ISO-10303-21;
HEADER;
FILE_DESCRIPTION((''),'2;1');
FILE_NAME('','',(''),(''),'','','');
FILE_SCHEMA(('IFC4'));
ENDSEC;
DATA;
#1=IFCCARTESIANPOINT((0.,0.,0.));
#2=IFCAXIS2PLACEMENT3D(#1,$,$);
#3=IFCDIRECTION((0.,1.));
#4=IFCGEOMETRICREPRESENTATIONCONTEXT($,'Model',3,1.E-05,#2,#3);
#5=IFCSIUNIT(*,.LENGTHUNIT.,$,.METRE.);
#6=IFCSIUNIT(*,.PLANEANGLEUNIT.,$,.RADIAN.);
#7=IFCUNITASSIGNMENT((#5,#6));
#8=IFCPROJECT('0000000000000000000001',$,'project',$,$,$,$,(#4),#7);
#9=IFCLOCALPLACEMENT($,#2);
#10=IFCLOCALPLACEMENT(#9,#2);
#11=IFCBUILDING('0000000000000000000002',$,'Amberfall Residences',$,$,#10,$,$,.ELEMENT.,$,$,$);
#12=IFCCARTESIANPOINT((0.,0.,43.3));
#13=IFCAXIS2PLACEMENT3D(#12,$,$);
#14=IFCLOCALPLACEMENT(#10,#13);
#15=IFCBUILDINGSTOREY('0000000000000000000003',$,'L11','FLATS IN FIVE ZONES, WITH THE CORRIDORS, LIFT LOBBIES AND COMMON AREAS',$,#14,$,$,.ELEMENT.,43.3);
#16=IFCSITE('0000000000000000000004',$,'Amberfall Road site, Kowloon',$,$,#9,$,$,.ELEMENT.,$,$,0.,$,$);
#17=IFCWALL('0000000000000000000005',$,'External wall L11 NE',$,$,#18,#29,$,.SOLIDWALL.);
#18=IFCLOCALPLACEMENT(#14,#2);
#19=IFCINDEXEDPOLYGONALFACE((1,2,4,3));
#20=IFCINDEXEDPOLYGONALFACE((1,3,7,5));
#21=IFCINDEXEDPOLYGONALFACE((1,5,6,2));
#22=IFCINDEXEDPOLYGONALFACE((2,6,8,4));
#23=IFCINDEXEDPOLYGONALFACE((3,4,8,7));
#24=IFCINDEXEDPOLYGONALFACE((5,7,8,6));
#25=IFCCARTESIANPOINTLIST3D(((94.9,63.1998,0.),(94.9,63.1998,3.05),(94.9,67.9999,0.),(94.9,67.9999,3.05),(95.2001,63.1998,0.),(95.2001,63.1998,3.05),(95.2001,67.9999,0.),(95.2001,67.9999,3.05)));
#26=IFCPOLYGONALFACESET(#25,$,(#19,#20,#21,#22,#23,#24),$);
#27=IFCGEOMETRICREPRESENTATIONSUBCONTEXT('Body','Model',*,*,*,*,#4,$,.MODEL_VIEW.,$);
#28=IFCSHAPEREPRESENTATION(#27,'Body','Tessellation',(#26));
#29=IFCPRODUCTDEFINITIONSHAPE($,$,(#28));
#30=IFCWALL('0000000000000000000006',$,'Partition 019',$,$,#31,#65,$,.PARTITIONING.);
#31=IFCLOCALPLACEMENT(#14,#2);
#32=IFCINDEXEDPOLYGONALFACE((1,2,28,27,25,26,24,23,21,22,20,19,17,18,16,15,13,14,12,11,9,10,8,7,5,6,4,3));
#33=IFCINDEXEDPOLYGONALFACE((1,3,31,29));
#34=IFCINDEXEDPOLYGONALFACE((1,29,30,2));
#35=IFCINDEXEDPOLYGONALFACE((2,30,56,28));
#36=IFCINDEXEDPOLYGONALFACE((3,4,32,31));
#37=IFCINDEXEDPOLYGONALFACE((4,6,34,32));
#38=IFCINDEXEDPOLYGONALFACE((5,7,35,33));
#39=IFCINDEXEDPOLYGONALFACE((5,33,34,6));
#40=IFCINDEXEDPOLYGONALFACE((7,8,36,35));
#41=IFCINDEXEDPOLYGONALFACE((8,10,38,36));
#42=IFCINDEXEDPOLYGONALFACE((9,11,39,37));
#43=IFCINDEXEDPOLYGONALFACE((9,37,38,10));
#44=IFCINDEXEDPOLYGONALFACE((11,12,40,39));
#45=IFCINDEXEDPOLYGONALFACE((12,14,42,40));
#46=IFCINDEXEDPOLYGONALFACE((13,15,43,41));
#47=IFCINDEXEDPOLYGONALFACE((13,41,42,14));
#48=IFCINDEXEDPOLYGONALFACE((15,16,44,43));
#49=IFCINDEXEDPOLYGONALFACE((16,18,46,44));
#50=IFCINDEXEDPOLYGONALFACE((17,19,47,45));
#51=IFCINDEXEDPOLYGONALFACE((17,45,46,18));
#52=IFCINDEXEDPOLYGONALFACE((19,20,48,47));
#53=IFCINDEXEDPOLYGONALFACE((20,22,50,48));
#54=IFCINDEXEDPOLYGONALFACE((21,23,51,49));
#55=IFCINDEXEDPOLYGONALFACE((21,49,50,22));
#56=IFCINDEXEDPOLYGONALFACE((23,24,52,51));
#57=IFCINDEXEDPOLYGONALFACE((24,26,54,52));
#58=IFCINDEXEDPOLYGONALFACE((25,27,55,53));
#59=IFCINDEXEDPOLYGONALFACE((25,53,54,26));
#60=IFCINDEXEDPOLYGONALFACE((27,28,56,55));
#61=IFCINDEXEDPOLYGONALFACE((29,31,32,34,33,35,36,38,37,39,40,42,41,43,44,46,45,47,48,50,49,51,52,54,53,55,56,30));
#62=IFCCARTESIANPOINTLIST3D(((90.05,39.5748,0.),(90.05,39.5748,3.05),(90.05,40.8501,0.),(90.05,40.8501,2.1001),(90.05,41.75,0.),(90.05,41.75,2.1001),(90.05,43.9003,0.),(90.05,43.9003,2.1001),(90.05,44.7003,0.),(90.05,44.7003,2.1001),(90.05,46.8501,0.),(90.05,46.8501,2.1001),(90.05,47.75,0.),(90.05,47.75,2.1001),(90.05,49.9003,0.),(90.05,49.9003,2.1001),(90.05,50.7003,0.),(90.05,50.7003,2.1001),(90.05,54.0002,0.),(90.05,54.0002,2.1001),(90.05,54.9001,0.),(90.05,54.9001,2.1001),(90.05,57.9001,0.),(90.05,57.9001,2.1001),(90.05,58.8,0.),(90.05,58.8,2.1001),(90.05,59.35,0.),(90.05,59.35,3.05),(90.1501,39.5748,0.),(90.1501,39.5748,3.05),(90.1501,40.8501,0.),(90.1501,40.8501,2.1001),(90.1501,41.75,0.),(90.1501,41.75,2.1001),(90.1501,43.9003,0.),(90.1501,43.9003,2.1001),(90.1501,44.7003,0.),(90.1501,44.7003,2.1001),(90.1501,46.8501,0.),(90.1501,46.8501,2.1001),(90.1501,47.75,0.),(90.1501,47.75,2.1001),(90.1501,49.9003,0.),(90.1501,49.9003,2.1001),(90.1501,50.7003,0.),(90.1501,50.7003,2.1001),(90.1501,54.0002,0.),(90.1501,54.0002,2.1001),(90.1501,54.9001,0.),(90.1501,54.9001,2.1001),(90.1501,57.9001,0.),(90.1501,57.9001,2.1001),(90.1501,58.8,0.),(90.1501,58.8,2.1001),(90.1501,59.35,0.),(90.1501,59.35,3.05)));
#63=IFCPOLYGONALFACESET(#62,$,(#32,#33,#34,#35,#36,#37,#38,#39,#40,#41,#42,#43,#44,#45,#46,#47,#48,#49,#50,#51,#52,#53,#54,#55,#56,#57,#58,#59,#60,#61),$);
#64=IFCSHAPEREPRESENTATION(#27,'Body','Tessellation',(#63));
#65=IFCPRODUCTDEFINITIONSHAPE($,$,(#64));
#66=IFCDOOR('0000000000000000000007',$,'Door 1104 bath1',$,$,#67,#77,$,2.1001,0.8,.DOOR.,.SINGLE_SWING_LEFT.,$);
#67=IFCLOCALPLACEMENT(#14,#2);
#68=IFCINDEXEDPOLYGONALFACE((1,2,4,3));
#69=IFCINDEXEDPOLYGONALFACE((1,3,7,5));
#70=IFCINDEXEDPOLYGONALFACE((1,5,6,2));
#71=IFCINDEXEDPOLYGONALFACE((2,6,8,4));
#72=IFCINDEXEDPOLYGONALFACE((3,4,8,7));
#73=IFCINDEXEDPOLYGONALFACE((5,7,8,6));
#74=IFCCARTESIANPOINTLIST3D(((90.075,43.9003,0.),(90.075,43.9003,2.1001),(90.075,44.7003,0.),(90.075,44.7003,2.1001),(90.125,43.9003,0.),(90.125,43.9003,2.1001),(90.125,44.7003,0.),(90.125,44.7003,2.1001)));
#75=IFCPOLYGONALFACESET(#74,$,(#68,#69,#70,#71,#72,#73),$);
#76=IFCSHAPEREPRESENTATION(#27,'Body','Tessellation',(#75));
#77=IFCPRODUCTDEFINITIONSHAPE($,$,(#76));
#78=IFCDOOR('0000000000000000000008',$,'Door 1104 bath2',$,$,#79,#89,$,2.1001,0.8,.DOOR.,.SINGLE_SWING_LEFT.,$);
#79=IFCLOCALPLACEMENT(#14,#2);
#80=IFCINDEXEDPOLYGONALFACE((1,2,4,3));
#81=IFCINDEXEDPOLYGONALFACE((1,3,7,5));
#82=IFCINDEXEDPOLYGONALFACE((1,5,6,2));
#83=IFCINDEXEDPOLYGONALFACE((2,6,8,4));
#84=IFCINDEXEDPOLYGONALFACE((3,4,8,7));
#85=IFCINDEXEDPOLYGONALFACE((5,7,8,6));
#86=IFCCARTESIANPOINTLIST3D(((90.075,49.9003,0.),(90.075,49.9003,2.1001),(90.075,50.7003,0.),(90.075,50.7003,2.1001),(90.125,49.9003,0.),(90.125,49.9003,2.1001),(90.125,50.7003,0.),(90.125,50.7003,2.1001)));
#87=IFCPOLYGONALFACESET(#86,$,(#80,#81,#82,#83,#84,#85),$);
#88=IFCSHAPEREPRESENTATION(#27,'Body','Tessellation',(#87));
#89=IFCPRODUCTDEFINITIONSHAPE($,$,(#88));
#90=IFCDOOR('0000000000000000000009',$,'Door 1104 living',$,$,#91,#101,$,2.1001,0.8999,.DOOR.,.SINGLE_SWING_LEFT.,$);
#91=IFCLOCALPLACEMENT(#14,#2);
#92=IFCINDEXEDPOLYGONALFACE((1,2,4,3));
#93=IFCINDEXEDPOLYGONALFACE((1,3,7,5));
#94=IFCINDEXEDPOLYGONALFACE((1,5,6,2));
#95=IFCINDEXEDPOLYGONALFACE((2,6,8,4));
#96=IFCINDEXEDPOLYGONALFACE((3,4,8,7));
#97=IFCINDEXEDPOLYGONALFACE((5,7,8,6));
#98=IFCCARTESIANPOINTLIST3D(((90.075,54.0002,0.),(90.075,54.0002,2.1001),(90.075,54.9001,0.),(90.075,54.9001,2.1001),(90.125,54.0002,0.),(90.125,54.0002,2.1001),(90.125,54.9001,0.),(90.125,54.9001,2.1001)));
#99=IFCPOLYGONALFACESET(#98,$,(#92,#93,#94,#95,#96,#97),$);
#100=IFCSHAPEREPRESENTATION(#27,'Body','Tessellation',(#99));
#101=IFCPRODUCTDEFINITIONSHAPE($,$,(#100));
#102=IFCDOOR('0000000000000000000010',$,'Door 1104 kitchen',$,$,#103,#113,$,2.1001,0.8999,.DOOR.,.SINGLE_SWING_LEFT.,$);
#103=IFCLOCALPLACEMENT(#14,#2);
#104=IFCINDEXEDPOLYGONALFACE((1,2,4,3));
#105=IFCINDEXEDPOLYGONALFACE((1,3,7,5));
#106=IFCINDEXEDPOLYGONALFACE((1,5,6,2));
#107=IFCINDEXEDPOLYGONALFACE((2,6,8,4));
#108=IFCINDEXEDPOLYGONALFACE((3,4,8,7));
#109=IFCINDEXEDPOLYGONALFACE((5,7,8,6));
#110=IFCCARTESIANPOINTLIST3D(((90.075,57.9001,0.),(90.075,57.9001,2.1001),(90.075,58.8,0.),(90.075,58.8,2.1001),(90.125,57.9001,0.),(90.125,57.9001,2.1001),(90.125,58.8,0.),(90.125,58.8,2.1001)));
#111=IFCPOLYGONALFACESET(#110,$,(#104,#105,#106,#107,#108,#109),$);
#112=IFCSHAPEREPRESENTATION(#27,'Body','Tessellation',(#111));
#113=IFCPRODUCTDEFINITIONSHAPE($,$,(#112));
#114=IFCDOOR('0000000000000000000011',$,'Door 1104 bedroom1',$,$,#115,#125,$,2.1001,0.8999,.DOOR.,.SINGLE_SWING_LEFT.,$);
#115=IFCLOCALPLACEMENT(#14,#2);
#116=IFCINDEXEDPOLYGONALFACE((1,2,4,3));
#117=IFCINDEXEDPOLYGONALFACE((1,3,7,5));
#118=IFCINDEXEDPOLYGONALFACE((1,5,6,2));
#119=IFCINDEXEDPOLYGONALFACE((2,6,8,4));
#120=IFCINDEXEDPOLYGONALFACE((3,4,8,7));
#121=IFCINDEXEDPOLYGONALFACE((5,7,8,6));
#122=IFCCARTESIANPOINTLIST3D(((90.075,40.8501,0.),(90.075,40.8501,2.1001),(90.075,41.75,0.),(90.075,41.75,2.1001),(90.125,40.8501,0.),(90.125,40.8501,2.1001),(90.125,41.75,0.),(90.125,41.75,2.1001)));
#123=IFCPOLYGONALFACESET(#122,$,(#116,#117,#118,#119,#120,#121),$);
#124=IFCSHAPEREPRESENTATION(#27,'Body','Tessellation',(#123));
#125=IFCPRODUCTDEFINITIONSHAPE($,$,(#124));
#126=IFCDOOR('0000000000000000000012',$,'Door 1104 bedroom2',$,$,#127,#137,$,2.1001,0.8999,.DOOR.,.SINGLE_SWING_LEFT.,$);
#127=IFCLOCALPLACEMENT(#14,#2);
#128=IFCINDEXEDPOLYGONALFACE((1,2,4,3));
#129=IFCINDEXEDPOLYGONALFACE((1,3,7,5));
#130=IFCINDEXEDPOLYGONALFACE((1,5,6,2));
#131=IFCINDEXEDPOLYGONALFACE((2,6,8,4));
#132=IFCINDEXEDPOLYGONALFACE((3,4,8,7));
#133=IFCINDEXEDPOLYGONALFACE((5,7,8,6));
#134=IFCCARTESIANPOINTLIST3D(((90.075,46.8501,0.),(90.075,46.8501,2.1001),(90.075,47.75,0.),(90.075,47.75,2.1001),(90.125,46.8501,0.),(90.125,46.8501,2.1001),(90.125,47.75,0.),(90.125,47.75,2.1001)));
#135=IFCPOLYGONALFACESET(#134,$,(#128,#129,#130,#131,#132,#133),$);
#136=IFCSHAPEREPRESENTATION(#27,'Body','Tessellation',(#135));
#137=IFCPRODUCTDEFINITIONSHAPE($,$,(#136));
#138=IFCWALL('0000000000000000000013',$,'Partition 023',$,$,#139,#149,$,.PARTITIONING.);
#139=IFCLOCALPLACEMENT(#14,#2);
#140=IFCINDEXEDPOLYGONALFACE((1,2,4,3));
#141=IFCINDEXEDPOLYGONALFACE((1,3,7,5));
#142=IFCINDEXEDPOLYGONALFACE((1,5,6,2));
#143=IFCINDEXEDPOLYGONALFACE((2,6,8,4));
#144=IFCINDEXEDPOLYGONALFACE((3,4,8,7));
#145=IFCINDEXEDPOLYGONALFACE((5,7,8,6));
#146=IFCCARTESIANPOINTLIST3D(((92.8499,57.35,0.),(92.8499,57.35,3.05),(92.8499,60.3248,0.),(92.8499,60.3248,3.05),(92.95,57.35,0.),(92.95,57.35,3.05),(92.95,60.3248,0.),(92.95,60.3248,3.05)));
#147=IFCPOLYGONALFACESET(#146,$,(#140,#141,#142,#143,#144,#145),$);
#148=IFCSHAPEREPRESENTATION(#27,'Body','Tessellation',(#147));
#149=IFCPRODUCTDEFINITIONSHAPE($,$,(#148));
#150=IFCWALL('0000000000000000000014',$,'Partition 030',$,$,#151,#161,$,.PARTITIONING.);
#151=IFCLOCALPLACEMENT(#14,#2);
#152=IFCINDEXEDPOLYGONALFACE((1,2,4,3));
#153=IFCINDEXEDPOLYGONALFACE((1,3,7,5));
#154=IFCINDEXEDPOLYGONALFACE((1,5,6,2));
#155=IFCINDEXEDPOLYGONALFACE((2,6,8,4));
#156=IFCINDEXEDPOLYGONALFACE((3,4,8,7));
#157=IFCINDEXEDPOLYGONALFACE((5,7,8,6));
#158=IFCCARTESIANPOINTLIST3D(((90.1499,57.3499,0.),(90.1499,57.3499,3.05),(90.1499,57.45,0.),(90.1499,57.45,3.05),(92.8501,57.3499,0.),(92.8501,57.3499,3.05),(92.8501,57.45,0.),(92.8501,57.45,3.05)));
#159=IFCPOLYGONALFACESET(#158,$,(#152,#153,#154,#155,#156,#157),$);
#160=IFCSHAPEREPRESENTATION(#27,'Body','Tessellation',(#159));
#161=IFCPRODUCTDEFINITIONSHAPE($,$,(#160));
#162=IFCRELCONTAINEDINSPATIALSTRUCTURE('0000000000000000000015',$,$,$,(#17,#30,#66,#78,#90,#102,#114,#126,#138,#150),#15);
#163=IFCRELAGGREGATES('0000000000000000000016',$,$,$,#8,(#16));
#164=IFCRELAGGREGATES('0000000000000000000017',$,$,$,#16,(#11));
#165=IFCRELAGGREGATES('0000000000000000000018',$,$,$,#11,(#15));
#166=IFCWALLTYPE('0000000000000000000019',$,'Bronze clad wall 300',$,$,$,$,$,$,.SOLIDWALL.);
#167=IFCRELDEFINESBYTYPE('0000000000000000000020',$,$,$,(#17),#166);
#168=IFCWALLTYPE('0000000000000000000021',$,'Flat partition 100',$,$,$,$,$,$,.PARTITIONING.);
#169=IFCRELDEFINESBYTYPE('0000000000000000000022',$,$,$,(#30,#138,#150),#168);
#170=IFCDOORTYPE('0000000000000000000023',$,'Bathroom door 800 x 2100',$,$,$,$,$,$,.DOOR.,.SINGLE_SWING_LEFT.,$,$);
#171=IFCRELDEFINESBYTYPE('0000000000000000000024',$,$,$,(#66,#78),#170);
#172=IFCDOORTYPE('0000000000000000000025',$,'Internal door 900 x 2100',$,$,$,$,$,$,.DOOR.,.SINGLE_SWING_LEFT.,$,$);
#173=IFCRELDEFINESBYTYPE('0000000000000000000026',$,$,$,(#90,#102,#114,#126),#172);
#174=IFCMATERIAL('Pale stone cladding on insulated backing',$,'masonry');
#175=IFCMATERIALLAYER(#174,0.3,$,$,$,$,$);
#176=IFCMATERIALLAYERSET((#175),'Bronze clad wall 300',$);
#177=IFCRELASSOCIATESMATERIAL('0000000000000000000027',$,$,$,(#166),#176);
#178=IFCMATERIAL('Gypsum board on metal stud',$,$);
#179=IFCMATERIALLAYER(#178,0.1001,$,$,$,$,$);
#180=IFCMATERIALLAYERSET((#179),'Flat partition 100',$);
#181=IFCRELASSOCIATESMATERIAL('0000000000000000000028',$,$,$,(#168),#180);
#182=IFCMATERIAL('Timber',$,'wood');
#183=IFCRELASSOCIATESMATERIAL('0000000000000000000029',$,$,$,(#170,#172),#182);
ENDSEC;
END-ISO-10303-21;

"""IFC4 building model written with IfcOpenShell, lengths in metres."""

from ifc_helpers import new_model, si_unit, direction, frame, frame_2d, origin, place, context, subcontext, project, spatial, rectangle, extrude, material, layer, layer_set, type_object, element, fill, save


model = new_model("IFC4")

# Units and contexts
model_context = context("Model", 3, precision=1e-05, world=origin(), true_north=direction((0.0, 1.0)))
body_context = subcontext(model_context, "Body", "Model", "MODEL_VIEW")
ifc_project = project(units=[si_unit("LENGTHUNIT", "METRE"), si_unit("PLANEANGLEUNIT", "RADIAN")], contexts=[model_context])

# Site, building, storey
site_placement = place(None, origin())
site = spatial("IfcSite", under=ifc_project, at=site_placement, Name="Amberfall Road site, Kowloon", CompositionType="ELEMENT", RefElevation=0.0)
building_placement = place(site_placement, origin())
building = spatial("IfcBuilding", under=site, at=building_placement, Name="Amberfall Residences", CompositionType="ELEMENT")
storey_placement = place(building_placement, frame((0.0, 0.0, 43.3)))
storey = spatial("IfcBuildingStorey", under=building, at=storey_placement, Name="L11", Description="FLATS IN FIVE ZONES, WITH THE CORRIDORS, LIFT LOBBIES AND COMMON AREAS", CompositionType="ELEMENT", Elevation=43.3)

# Shared definitions
ifc_material_1 = material(Name="Pale stone cladding on insulated backing", Category="masonry")
ifc_layer_1 = layer(ifc_material_1, 0.3)
ifc_layer_set_1 = layer_set([ifc_layer_1], Name="Bronze clad wall 300")
wall_type_1 = type_object("IfcWallType", Name="Bronze clad wall 300", PredefinedType="SOLIDWALL", material=ifc_layer_set_1)

# Wall
wall_1_placement = place(storey_placement, frame((95.05, 63.2, 0.0), z_axis=(0.0, 0.0, 1.0), x_axis=(0.0, 1.0, 0.0)))
element("IfcWall", 1, at=wall_1_placement, inside=storey, type_object=wall_type_1, Name="External wall L11 NE", PredefinedType="SOLIDWALL", context=body_context, shape_type="SweptSolid", body=[
    extrude(rectangle(XDim=4.8, YDim=0.3, at=frame_2d((2.3999, 0.0))), origin(), (0.0, 0.0, 1.0), 3.05),
])

# Wall, openings, doors
ifc_material_2 = material(Name="Gypsum board on metal stud")
ifc_layer_2 = layer(ifc_material_2, 0.1001)
ifc_layer_set_2 = layer_set([ifc_layer_2], Name="Flat partition 100")
wall_type_2 = type_object("IfcWallType", Name="Flat partition 100", PredefinedType="PARTITIONING", material=ifc_layer_set_2)
wall_2_placement = place(storey_placement, frame((90.1001, 59.3501, 0.0), z_axis=(0.0, 0.0, 1.0), x_axis=(0.0, -1.0, 0.0)))
wall_2 = element("IfcWall", 2, at=wall_2_placement, inside=storey, type_object=wall_type_2, Name="Partition 019", PredefinedType="PARTITIONING", context=body_context, shape_type="SweptSolid", body=[
    extrude(rectangle(XDim=19.7751, YDim=0.1001, at=frame_2d((9.8877, 0.0))), origin(), (0.0, 0.0, 1.0), 3.05),
])
opening_1_placement = place(wall_2_placement, frame((4.45, 0.0, 0.0)))
opening_1 = element("IfcOpeningElement", 3, at=opening_1_placement, cuts=wall_2, PredefinedType="OPENING", context=body_context, shape_type="SweptSolid", body=[
    extrude(rectangle(XDim=0.8999, YDim=2.1001, at=frame_2d((0.45, 1.05))), frame((0.0, 0.0601, 0.0), z_axis=(0.0, -1.0, 0.0), x_axis=(1.0, 0.0, 0.0)), (0.0, 0.0, 1.0), 0.1201),
])
opening_2_placement = place(wall_2_placement, frame((0.55, 0.0, 0.0)))
opening_2 = element("IfcOpeningElement", 4, at=opening_2_placement, cuts=wall_2, PredefinedType="OPENING", context=body_context, shape_type="SweptSolid", body=[
    extrude(rectangle(XDim=0.8999, YDim=2.1001, at=frame_2d((0.45, 1.05))), frame((0.0, 0.0601, 0.0), z_axis=(0.0, -1.0, 0.0), x_axis=(1.0, 0.0, 0.0)), (0.0, 0.0, 1.0), 0.1201),
])
opening_3_placement = place(wall_2_placement, frame((17.6001, 0.0, 0.0)))
opening_3 = element("IfcOpeningElement", 5, at=opening_3_placement, cuts=wall_2, PredefinedType="OPENING", context=body_context, shape_type="SweptSolid", body=[
    extrude(rectangle(XDim=0.8999, YDim=2.1001, at=frame_2d((0.45, 1.05))), frame((0.0, 0.0601, 0.0), z_axis=(0.0, -1.0, 0.0), x_axis=(1.0, 0.0, 0.0)), (0.0, 0.0, 1.0), 0.1201),
])
opening_4_placement = place(wall_2_placement, frame((11.6001, 0.0, 0.0)))
opening_4 = element("IfcOpeningElement", 6, at=opening_4_placement, cuts=wall_2, PredefinedType="OPENING", context=body_context, shape_type="SweptSolid", body=[
    extrude(rectangle(XDim=0.8999, YDim=2.1001, at=frame_2d((0.45, 1.05))), frame((0.0, 0.0601, 0.0), z_axis=(0.0, -1.0, 0.0), x_axis=(1.0, 0.0, 0.0)), (0.0, 0.0, 1.0), 0.1201),
])
opening_5_placement = place(wall_2_placement, frame((14.6499, 0.0, 0.0)))
opening_5 = element("IfcOpeningElement", 7, at=opening_5_placement, cuts=wall_2, PredefinedType="OPENING", context=body_context, shape_type="SweptSolid", body=[
    extrude(rectangle(XDim=0.8, YDim=2.1001, at=frame_2d((0.3999, 1.05))), frame((0.0, 0.0601, 0.0), z_axis=(0.0, -1.0, 0.0), x_axis=(1.0, 0.0, 0.0)), (0.0, 0.0, 1.0), 0.1201),
])
opening_6_placement = place(wall_2_placement, frame((8.6499, 0.0, 0.0)))
opening_6 = element("IfcOpeningElement", 8, at=opening_6_placement, cuts=wall_2, PredefinedType="OPENING", context=body_context, shape_type="SweptSolid", body=[
    extrude(rectangle(XDim=0.8, YDim=2.1001, at=frame_2d((0.3999, 1.05))), frame((0.0, 0.0601, 0.0), z_axis=(0.0, -1.0, 0.0), x_axis=(1.0, 0.0, 0.0)), (0.0, 0.0, 1.0), 0.1201),
])
ifc_material_3 = material(Name="Timber", Category="wood")
door_type_1 = type_object("IfcDoorType", Name="Bathroom door 800 x 2100", OperationType="SINGLE_SWING_LEFT", PredefinedType="DOOR", material=ifc_material_3)
door_1_placement = place(opening_5_placement, origin())
door_1 = element("IfcDoor", 9, at=door_1_placement, inside=storey, type_object=door_type_1, Name="Door 1104 bath1", OperationType="SINGLE_SWING_LEFT", OverallHeight=2.1001, OverallWidth=0.8, PredefinedType="DOOR", context=body_context, shape_type="SweptSolid", body=[
    extrude(rectangle(XDim=0.8, YDim=2.1001, at=frame_2d((0.3999, 1.05))), frame((0.0, 0.0249, 0.0), z_axis=(0.0, -1.0, 0.0), x_axis=(1.0, 0.0, 0.0)), (0.0, 0.0, 1.0), 0.05),
])
fill(opening_5, door_1)
door_2_placement = place(opening_6_placement, origin())
door_2 = element("IfcDoor", 10, at=door_2_placement, inside=storey, type_object=door_type_1, Name="Door 1104 bath2", OperationType="SINGLE_SWING_LEFT", OverallHeight=2.1001, OverallWidth=0.8, PredefinedType="DOOR", context=body_context, shape_type="SweptSolid", body=[
    extrude(rectangle(XDim=0.8, YDim=2.1001, at=frame_2d((0.3999, 1.05))), frame((0.0, 0.0249, 0.0), z_axis=(0.0, -1.0, 0.0), x_axis=(1.0, 0.0, 0.0)), (0.0, 0.0, 1.0), 0.05),
])
fill(opening_6, door_2)
door_type_2 = type_object("IfcDoorType", Name="Internal door 900 x 2100", OperationType="SINGLE_SWING_LEFT", PredefinedType="DOOR", material=ifc_material_3)
door_3_placement = place(opening_1_placement, origin())
door_3 = element("IfcDoor", 11, at=door_3_placement, inside=storey, type_object=door_type_2, Name="Door 1104 living", OperationType="SINGLE_SWING_LEFT", OverallHeight=2.1001, OverallWidth=0.8999, PredefinedType="DOOR", context=body_context, shape_type="SweptSolid", body=[
    extrude(rectangle(XDim=0.8999, YDim=2.1001, at=frame_2d((0.45, 1.05))), frame((0.0, 0.0249, 0.0), z_axis=(0.0, -1.0, 0.0), x_axis=(1.0, 0.0, 0.0)), (0.0, 0.0, 1.0), 0.05),
])
fill(opening_1, door_3)
door_4_placement = place(opening_2_placement, origin())
door_4 = element("IfcDoor", 12, at=door_4_placement, inside=storey, type_object=door_type_2, Name="Door 1104 kitchen", OperationType="SINGLE_SWING_LEFT", OverallHeight=2.1001, OverallWidth=0.8999, PredefinedType="DOOR", context=body_context, shape_type="SweptSolid", body=[
    extrude(rectangle(XDim=0.8999, YDim=2.1001, at=frame_2d((0.45, 1.05))), frame((0.0, 0.0249, 0.0), z_axis=(0.0, -1.0, 0.0), x_axis=(1.0, 0.0, 0.0)), (0.0, 0.0, 1.0), 0.05),
])
fill(opening_2, door_4)
door_5_placement = place(opening_3_placement, origin())
door_5 = element("IfcDoor", 13, at=door_5_placement, inside=storey, type_object=door_type_2, Name="Door 1104 bedroom1", OperationType="SINGLE_SWING_LEFT", OverallHeight=2.1001, OverallWidth=0.8999, PredefinedType="DOOR", context=body_context, shape_type="SweptSolid", body=[
    extrude(rectangle(XDim=0.8999, YDim=2.1001, at=frame_2d((0.45, 1.05))), frame((0.0, 0.0249, 0.0), z_axis=(0.0, -1.0, 0.0), x_axis=(1.0, 0.0, 0.0)), (0.0, 0.0, 1.0), 0.05),
])
fill(opening_3, door_5)
door_6_placement = place(opening_4_placement, origin())
door_6 = element("IfcDoor", 14, at=door_6_placement, inside=storey, type_object=door_type_2, Name="Door 1104 bedroom2", OperationType="SINGLE_SWING_LEFT", OverallHeight=2.1001, OverallWidth=0.8999, PredefinedType="DOOR", context=body_context, shape_type="SweptSolid", body=[
    extrude(rectangle(XDim=0.8999, YDim=2.1001, at=frame_2d((0.45, 1.05))), frame((0.0, 0.0249, 0.0), z_axis=(0.0, -1.0, 0.0), x_axis=(1.0, 0.0, 0.0)), (0.0, 0.0, 1.0), 0.05),
])
fill(opening_4, door_6)

# Walls
wall_3_placement = place(storey_placement, frame((92.8999, 57.3501, 0.0), z_axis=(0.0, 0.0, 1.0), x_axis=(0.0, 1.0, 0.0)))
element("IfcWall", 15, at=wall_3_placement, inside=storey, type_object=wall_type_2, Name="Partition 023", PredefinedType="PARTITIONING", context=body_context, shape_type="SweptSolid", body=[
    extrude(rectangle(XDim=2.9749, YDim=0.1001, at=frame_2d((1.4873, 0.0))), origin(), (0.0, 0.0, 1.0), 3.05),
])
wall_4_placement = place(storey_placement, frame((90.1499, 57.3999, 0.0), z_axis=(0.0, 0.0, 1.0), x_axis=(1.0, 0.0, 0.0)))
element("IfcWall", 16, at=wall_4_placement, inside=storey, type_object=wall_type_2, Name="Partition 030", PredefinedType="PARTITIONING", context=body_context, shape_type="SweptSolid", body=[
    extrude(rectangle(XDim=2.7002, YDim=0.1001, at=frame_2d((1.3501, 0.0))), origin(), (0.0, 0.0, 1.0), 3.05),
])

save(model, "model.ifc")
